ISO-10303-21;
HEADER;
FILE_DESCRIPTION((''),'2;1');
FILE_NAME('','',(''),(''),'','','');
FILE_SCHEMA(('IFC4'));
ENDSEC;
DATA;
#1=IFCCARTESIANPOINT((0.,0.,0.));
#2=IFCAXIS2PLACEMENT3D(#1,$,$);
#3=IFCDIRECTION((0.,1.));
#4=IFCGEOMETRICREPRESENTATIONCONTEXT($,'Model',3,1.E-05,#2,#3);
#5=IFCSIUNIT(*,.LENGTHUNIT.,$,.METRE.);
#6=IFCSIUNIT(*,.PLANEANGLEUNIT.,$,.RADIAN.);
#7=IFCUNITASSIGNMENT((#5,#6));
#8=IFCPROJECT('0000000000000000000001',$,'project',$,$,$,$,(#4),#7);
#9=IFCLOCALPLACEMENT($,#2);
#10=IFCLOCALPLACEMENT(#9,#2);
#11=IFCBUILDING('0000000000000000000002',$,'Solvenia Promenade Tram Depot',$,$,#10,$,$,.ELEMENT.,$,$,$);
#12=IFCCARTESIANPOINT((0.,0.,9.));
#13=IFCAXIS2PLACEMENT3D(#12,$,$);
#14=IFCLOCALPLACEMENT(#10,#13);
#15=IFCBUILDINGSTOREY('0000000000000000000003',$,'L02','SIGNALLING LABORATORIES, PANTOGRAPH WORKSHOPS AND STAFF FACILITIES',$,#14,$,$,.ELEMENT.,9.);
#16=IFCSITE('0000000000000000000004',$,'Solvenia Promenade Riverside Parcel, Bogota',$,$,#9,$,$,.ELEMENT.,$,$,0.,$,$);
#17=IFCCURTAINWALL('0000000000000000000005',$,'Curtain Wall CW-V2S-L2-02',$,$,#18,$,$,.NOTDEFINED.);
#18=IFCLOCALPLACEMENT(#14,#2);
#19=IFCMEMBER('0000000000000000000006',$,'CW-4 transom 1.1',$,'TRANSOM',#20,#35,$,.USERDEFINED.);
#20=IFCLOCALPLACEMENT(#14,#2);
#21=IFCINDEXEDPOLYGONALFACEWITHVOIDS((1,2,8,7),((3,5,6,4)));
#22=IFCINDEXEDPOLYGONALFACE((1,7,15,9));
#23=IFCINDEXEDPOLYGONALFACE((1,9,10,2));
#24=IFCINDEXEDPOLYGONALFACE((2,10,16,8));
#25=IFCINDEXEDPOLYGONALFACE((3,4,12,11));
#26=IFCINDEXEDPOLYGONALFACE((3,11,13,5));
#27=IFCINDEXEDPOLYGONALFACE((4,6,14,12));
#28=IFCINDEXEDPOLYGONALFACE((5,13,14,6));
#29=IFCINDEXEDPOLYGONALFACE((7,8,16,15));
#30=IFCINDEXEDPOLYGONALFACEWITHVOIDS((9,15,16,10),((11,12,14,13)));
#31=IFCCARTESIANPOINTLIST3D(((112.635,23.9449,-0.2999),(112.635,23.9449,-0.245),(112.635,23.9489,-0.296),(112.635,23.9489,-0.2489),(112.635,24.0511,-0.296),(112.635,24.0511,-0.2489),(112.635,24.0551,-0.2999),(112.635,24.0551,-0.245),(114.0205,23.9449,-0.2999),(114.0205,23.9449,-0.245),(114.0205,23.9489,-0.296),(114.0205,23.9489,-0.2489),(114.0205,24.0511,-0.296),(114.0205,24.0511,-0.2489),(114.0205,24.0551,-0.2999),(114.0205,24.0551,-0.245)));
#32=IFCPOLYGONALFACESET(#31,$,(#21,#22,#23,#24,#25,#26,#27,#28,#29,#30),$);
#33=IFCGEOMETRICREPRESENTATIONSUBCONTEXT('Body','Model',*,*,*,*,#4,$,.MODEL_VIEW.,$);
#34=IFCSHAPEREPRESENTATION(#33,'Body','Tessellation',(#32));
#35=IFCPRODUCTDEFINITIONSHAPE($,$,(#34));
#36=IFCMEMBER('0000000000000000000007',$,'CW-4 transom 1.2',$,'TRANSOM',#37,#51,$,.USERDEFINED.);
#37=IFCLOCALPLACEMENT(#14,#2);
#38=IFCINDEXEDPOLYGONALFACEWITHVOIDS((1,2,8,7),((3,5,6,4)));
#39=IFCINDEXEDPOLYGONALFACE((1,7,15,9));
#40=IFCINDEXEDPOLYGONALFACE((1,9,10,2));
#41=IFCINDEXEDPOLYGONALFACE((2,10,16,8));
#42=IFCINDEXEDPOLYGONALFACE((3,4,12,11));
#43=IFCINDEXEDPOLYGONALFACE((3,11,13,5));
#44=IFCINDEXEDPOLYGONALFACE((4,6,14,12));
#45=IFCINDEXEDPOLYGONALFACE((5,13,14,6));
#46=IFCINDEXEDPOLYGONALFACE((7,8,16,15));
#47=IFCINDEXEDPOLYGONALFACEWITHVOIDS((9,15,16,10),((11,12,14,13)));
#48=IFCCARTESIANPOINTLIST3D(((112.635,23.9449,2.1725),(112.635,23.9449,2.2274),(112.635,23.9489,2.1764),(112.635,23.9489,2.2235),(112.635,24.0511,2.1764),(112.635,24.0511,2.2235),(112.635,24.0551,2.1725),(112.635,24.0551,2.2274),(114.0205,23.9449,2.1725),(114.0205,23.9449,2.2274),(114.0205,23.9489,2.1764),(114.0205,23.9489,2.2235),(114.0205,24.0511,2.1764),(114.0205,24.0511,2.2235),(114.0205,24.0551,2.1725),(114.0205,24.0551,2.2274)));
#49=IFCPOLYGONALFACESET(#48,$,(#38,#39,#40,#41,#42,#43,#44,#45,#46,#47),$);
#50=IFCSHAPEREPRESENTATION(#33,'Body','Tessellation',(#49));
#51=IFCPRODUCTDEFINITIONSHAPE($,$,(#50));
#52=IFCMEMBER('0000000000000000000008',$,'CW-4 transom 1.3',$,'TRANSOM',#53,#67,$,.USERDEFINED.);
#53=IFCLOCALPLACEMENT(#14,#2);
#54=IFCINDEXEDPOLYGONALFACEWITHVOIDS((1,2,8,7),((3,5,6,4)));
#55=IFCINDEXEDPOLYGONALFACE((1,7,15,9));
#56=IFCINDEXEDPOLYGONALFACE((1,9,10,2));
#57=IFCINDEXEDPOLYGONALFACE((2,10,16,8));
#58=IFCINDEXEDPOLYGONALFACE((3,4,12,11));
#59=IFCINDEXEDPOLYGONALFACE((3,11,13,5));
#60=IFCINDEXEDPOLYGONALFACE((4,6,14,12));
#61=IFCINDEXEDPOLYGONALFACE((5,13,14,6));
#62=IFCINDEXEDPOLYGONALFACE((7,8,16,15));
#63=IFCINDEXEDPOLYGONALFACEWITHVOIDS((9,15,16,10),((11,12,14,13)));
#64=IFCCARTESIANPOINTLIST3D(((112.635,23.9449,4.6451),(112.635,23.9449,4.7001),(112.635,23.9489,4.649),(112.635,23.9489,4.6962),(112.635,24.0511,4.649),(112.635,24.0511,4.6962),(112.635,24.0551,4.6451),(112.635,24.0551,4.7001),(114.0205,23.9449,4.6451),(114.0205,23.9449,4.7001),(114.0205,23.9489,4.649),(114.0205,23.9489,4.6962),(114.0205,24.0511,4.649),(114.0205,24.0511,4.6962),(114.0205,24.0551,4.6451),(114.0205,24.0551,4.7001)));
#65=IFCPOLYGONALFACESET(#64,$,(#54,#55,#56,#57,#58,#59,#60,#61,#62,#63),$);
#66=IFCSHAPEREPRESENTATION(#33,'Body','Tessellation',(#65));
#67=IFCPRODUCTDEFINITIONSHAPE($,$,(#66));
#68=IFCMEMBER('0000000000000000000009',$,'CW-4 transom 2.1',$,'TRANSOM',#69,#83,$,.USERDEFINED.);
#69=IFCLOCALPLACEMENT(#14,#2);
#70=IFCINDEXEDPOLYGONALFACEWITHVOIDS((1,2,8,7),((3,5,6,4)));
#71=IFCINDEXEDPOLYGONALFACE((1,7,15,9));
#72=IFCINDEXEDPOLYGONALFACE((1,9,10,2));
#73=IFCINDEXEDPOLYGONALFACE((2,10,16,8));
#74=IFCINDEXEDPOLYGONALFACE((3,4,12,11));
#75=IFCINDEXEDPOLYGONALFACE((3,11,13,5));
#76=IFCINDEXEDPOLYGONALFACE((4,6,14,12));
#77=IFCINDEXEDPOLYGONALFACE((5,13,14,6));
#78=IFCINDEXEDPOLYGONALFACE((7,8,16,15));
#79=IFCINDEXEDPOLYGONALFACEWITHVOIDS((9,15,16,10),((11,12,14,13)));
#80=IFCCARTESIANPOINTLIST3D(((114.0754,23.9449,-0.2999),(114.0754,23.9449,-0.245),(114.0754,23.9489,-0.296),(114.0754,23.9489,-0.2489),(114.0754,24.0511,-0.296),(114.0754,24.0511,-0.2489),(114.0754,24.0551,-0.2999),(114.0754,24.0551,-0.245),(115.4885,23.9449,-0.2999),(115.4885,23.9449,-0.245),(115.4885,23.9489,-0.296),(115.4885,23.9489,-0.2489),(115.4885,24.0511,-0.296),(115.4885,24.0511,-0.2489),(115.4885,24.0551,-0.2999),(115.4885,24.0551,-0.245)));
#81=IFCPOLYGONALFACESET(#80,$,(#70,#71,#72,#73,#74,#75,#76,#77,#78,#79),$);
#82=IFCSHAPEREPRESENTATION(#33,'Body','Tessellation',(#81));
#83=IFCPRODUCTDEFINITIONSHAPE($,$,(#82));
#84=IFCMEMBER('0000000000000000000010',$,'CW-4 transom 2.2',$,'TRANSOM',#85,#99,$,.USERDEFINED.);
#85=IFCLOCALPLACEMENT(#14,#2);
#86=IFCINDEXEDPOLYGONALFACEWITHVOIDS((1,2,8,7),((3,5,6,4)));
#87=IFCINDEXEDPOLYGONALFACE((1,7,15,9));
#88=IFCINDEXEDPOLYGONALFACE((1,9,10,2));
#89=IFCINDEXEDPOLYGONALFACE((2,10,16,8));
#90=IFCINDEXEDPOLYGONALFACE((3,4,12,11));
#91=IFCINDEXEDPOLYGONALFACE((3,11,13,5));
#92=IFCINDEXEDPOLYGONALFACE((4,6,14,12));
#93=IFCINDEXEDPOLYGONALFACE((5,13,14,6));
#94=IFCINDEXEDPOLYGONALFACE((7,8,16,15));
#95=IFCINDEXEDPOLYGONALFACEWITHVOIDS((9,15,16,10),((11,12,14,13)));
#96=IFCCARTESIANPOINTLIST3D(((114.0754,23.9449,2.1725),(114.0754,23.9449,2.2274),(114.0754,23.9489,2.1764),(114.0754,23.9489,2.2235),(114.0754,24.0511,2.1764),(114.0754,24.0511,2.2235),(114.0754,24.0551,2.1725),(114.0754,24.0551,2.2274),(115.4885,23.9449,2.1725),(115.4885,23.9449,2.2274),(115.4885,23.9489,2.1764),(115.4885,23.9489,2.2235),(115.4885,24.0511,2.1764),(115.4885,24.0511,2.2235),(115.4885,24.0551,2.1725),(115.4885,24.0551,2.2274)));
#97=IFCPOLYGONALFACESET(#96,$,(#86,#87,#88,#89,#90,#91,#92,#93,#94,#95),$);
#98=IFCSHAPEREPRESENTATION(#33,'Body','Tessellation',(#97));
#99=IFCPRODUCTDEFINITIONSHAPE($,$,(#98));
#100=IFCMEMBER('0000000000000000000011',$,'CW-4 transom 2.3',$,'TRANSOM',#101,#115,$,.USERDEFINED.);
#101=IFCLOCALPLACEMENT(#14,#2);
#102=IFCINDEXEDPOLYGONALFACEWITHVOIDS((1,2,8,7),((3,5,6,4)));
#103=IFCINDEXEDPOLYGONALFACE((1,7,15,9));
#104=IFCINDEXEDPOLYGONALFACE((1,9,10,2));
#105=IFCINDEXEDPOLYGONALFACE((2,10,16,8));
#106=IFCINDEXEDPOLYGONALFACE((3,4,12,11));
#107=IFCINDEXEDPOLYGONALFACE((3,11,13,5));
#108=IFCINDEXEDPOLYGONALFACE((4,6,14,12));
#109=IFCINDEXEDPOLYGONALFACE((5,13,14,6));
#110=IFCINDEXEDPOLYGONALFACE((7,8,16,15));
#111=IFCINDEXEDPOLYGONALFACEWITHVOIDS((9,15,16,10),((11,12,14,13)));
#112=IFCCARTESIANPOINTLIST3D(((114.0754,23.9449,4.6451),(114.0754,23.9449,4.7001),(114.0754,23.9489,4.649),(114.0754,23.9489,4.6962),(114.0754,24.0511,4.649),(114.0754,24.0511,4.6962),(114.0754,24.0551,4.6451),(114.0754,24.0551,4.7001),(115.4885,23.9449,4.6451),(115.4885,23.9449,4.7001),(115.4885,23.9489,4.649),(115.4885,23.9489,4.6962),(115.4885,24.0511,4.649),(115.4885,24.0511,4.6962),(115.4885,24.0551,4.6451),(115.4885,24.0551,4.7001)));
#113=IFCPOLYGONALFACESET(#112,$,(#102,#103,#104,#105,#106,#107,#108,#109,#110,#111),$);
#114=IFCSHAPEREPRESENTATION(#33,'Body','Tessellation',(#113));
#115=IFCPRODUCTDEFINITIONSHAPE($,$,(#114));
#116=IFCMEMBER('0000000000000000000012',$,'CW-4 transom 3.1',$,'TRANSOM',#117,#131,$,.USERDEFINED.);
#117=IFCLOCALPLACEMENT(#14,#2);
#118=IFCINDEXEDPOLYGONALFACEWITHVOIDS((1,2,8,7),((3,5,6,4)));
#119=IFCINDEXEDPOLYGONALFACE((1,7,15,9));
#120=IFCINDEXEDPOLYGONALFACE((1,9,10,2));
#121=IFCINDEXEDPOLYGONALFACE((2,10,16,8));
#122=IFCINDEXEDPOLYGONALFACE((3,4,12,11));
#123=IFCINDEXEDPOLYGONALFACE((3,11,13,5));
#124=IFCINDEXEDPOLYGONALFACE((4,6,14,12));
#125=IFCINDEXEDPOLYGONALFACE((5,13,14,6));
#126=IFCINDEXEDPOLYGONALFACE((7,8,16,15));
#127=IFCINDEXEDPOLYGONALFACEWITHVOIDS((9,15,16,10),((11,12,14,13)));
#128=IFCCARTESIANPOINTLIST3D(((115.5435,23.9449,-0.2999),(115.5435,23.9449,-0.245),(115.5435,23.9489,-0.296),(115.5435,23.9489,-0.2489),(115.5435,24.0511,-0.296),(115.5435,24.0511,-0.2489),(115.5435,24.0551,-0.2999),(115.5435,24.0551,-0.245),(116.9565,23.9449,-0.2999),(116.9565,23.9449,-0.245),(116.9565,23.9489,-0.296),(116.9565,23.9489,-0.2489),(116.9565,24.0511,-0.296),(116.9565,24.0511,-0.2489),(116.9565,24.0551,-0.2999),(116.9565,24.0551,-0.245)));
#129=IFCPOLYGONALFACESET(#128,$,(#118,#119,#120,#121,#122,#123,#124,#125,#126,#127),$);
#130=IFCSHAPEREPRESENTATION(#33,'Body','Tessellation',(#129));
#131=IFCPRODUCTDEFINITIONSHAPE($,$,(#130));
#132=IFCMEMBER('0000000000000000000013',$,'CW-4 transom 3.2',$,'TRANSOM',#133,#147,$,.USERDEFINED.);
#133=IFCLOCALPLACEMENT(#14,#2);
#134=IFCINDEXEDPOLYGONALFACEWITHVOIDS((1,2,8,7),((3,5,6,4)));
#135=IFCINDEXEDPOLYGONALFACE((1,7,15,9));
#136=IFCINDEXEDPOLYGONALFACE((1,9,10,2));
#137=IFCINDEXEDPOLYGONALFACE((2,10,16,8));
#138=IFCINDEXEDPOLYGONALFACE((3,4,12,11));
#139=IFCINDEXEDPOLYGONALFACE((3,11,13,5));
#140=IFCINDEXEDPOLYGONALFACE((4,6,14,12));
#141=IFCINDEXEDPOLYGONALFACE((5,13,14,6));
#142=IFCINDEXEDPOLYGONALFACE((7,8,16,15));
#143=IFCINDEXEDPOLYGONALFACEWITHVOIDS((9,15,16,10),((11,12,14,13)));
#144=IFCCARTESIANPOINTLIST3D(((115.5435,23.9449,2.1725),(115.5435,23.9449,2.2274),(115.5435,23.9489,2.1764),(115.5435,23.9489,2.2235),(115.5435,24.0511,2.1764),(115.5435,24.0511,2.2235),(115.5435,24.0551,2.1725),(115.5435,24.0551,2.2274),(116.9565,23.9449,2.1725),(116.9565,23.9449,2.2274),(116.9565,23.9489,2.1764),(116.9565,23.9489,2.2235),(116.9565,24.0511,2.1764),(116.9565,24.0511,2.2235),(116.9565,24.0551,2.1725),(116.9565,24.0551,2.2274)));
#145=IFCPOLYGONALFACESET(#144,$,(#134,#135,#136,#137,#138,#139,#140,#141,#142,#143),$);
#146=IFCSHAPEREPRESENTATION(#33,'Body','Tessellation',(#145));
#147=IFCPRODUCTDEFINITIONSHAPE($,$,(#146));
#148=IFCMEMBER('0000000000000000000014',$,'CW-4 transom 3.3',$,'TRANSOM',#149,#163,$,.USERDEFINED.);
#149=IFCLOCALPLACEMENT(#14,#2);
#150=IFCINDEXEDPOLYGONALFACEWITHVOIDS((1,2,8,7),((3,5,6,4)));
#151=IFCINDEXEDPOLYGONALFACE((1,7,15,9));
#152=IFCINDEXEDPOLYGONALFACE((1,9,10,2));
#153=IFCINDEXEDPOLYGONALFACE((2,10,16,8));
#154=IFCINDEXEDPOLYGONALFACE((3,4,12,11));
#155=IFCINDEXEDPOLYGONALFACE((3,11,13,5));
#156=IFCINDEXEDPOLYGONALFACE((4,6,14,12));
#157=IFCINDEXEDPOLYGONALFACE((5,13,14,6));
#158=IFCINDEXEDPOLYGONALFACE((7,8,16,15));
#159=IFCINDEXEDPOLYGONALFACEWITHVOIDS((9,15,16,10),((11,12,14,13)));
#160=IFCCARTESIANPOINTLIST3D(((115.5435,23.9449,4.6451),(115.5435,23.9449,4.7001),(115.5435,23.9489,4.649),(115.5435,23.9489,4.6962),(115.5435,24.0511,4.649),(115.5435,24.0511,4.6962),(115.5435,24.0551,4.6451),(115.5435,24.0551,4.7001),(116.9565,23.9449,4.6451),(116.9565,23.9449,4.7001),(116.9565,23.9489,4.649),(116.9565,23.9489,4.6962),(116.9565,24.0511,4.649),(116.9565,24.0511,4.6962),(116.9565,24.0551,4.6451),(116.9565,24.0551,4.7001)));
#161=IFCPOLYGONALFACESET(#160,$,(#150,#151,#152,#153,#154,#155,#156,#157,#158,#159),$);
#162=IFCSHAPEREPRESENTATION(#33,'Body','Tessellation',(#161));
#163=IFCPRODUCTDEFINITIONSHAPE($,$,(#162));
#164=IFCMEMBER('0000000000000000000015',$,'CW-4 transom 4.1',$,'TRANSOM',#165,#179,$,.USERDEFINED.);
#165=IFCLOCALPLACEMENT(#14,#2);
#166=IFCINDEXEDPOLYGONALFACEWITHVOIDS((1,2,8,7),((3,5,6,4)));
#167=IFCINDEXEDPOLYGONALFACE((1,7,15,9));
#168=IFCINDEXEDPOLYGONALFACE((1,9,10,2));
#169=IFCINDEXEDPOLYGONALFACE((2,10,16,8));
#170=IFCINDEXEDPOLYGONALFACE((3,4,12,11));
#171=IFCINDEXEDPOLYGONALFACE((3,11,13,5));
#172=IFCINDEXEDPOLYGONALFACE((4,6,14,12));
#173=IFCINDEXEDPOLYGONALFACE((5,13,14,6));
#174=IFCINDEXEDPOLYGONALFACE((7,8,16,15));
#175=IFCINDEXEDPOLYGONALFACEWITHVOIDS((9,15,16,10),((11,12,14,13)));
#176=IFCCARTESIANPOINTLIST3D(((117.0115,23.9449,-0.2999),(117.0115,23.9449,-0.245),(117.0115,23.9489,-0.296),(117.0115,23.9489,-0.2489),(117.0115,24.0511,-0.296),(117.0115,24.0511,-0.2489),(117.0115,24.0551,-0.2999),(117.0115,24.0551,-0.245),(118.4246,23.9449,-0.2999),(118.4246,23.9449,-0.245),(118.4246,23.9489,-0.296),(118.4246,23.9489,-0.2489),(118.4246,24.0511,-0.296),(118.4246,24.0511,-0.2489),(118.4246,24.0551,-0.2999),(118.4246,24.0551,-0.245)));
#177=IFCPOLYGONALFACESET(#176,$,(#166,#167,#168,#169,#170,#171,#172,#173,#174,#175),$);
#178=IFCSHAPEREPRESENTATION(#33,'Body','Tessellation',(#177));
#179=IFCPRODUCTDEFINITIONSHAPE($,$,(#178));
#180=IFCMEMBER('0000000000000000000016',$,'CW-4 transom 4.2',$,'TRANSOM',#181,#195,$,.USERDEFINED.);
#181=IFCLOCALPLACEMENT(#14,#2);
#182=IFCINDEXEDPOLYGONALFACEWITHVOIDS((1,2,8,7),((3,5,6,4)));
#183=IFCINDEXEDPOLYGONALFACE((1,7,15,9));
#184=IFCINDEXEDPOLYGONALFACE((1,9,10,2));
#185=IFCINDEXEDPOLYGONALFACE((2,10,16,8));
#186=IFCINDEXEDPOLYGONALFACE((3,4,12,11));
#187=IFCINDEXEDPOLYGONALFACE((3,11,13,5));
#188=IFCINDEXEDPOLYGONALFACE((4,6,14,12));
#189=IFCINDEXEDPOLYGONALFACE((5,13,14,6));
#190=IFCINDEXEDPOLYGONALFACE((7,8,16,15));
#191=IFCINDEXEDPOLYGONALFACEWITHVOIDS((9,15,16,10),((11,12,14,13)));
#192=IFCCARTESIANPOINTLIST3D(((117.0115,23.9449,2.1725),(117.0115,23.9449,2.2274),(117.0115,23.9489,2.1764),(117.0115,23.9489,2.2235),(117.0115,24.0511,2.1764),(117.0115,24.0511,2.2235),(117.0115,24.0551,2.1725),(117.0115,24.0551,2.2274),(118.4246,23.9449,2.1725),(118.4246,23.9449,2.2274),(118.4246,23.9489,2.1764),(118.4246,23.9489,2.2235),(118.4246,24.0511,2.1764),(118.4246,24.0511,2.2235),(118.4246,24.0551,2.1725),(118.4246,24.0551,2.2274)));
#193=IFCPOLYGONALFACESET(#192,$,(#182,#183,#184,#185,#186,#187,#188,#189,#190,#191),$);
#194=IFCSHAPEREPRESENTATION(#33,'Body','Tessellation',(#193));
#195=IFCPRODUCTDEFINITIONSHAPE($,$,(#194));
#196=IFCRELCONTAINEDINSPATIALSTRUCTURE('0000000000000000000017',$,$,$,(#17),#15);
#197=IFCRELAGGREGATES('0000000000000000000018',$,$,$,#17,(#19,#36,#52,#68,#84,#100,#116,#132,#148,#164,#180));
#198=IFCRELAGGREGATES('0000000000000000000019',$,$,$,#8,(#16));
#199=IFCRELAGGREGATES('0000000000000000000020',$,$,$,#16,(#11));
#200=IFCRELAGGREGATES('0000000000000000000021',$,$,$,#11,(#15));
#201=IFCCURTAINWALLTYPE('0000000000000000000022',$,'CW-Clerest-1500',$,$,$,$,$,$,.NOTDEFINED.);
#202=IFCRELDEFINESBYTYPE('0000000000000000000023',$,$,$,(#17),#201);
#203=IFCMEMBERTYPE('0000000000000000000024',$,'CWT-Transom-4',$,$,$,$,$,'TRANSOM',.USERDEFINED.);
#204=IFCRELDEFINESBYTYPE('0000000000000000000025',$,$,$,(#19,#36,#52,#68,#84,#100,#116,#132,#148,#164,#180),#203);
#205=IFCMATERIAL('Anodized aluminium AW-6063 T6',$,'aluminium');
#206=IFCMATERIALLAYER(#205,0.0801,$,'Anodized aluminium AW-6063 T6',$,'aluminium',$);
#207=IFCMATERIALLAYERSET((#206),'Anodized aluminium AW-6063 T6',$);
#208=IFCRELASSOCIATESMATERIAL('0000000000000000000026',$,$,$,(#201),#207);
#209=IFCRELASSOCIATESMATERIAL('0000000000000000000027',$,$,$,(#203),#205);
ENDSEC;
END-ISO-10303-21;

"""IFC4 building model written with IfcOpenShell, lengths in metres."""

from ifc_helpers import new_model, si_unit, direction, frame, origin, origin_2d, place, context, subcontext, project, spatial, hollow_rectangle, extrude, material, layer, layer_set, material_profile, profile_set, type_object, element, aggregate, save


model = new_model("IFC4")

# Units and contexts
model_context = context("Model", 3, precision=1e-05, world=origin(), true_north=direction((0.0, 1.0)))
body_context = subcontext(model_context, "Body", "Model", "MODEL_VIEW")
ifc_project = project(units=[si_unit("LENGTHUNIT", "METRE"), si_unit("PLANEANGLEUNIT", "RADIAN")], contexts=[model_context])

# Site, building, storey
site_placement = place(None, origin())
site = spatial("IfcSite", under=ifc_project, at=site_placement, Name="Solvenia Promenade Riverside Parcel, Bogota", CompositionType="ELEMENT", RefElevation=0.0)
building_placement = place(site_placement, origin())
building = spatial("IfcBuilding", under=site, at=building_placement, Name="Solvenia Promenade Tram Depot", CompositionType="ELEMENT")
storey_placement = place(building_placement, frame((0.0, 0.0, 9.0)))
storey = spatial("IfcBuildingStorey", under=building, at=storey_placement, Name="L02", Description="SIGNALLING LABORATORIES, PANTOGRAPH WORKSHOPS AND STAFF FACILITIES", CompositionType="ELEMENT", Elevation=9.0)

# Shared definitions
ifc_material_1 = material(Name="Anodized aluminium AW-6063 T6", Category="aluminium")
ifc_layer_1 = layer(ifc_material_1, 0.0801, Name="Anodized aluminium AW-6063 T6", Category="aluminium")
ifc_layer_set_1 = layer_set([ifc_layer_1], Name="Anodized aluminium AW-6063 T6")
curtain_wall_type = type_object("IfcCurtainWallType", Name="CW-Clerest-1500", PredefinedType="NOTDEFINED", material=ifc_layer_set_1)

# Curtain wall
curtain_wall_1_placement = place(storey_placement, origin())
curtain_wall_1 = element("IfcCurtainWall", 1, at=curtain_wall_1_placement, inside=storey, type_object=curtain_wall_type, Name="Curtain Wall CW-V2S-L2-02", PredefinedType="NOTDEFINED")

# Members
ifc_material_profile_1 = material_profile(ifc_material_1, hollow_rectangle(XDim=0.1101, YDim=0.0549, WallThickness=0.0039, at=origin_2d()), Name="ALU-T4", Category="aluminium")
ifc_profile_set_1 = profile_set([ifc_material_profile_1], Name="Anodized aluminium AW-6063 T6")
member_type_1 = type_object("IfcMemberType", Name="CWT-Transom-4", ElementType="TRANSOM", PredefinedType="USERDEFINED", material=ifc_profile_set_1)
member_1_placement = place(storey_placement, frame((112.635, 24.0, -0.2725), z_axis=(1.0, 0.0, 0.0), x_axis=(0.0, 1.0, 0.0)))
member_1 = element("IfcMember", 2, at=member_1_placement, type_object=member_type_1, Name="CW-4 transom 1.1", ObjectType="TRANSOM", PredefinedType="USERDEFINED", context=body_context, shape_type="SweptSolid", body=[
    extrude(hollow_rectangle(XDim=0.1101, YDim=0.0549, WallThickness=0.0039, at=origin_2d()), origin(), (0.0, 0.0, 1.0), 1.3855),
])
member_2_placement = place(storey_placement, frame((112.635, 24.0, 2.2), z_axis=(1.0, 0.0, 0.0), x_axis=(0.0, 1.0, 0.0)))
member_2 = element("IfcMember", 3, at=member_2_placement, type_object=member_type_1, Name="CW-4 transom 1.2", ObjectType="TRANSOM", PredefinedType="USERDEFINED", context=body_context, shape_type="SweptSolid", body=[
    extrude(hollow_rectangle(XDim=0.1101, YDim=0.0549, WallThickness=0.0039, at=origin_2d()), origin(), (0.0, 0.0, 1.0), 1.3855),
])
member_3_placement = place(storey_placement, frame((112.635, 24.0, 4.6726), z_axis=(1.0, 0.0, 0.0), x_axis=(0.0, 1.0, 0.0)))
member_3 = element("IfcMember", 4, at=member_3_placement, type_object=member_type_1, Name="CW-4 transom 1.3", ObjectType="TRANSOM", PredefinedType="USERDEFINED", context=body_context, shape_type="SweptSolid", body=[
    extrude(hollow_rectangle(XDim=0.1101, YDim=0.0549, WallThickness=0.0039, at=origin_2d()), origin(), (0.0, 0.0, 1.0), 1.3855),
])
member_4_placement = place(storey_placement, frame((114.0754, 24.0, -0.2725), z_axis=(1.0, 0.0, 0.0), x_axis=(0.0, 1.0, 0.0)))
member_4 = element("IfcMember", 5, at=member_4_placement, type_object=member_type_1, Name="CW-4 transom 2.1", ObjectType="TRANSOM", PredefinedType="USERDEFINED", context=body_context, shape_type="SweptSolid", body=[
    extrude(hollow_rectangle(XDim=0.1101, YDim=0.0549, WallThickness=0.0039, at=origin_2d()), origin(), (0.0, 0.0, 1.0), 1.4131),
])
member_5_placement = place(storey_placement, frame((114.0754, 24.0, 2.2), z_axis=(1.0, 0.0, 0.0), x_axis=(0.0, 1.0, 0.0)))
member_5 = element("IfcMember", 6, at=member_5_placement, type_object=member_type_1, Name="CW-4 transom 2.2", ObjectType="TRANSOM", PredefinedType="USERDEFINED", context=body_context, shape_type="SweptSolid", body=[
    extrude(hollow_rectangle(XDim=0.1101, YDim=0.0549, WallThickness=0.0039, at=origin_2d()), origin(), (0.0, 0.0, 1.0), 1.4131),
])
member_6_placement = place(storey_placement, frame((114.0754, 24.0, 4.6726), z_axis=(1.0, 0.0, 0.0), x_axis=(0.0, 1.0, 0.0)))
member_6 = element("IfcMember", 7, at=member_6_placement, type_object=member_type_1, Name="CW-4 transom 2.3", ObjectType="TRANSOM", PredefinedType="USERDEFINED", context=body_context, shape_type="SweptSolid", body=[
    extrude(hollow_rectangle(XDim=0.1101, YDim=0.0549, WallThickness=0.0039, at=origin_2d()), origin(), (0.0, 0.0, 1.0), 1.4131),
])
member_7_placement = place(storey_placement, frame((115.5435, 24.0, -0.2725), z_axis=(1.0, 0.0, 0.0), x_axis=(0.0, 1.0, 0.0)))
member_7 = element("IfcMember", 8, at=member_7_placement, type_object=member_type_1, Name="CW-4 transom 3.1", ObjectType="TRANSOM", PredefinedType="USERDEFINED", context=body_context, shape_type="SweptSolid", body=[
    extrude(hollow_rectangle(XDim=0.1101, YDim=0.0549, WallThickness=0.0039, at=origin_2d()), origin(), (0.0, 0.0, 1.0), 1.4131),
])
member_8_placement = place(storey_placement, frame((115.5435, 24.0, 2.2), z_axis=(1.0, 0.0, 0.0), x_axis=(0.0, 1.0, 0.0)))
member_8 = element("IfcMember", 9, at=member_8_placement, type_object=member_type_1, Name="CW-4 transom 3.2", ObjectType="TRANSOM", PredefinedType="USERDEFINED", context=body_context, shape_type="SweptSolid", body=[
    extrude(hollow_rectangle(XDim=0.1101, YDim=0.0549, WallThickness=0.0039, at=origin_2d()), origin(), (0.0, 0.0, 1.0), 1.4131),
])
member_9_placement = place(storey_placement, frame((115.5435, 24.0, 4.6726), z_axis=(1.0, 0.0, 0.0), x_axis=(0.0, 1.0, 0.0)))
member_9 = element("IfcMember", 10, at=member_9_placement, type_object=member_type_1, Name="CW-4 transom 3.3", ObjectType="TRANSOM", PredefinedType="USERDEFINED", context=body_context, shape_type="SweptSolid", body=[
    extrude(hollow_rectangle(XDim=0.1101, YDim=0.0549, WallThickness=0.0039, at=origin_2d()), origin(), (0.0, 0.0, 1.0), 1.4131),
])
member_10_placement = place(storey_placement, frame((117.0115, 24.0, -0.2725), z_axis=(1.0, 0.0, 0.0), x_axis=(0.0, 1.0, 0.0)))
member_10 = element("IfcMember", 11, at=member_10_placement, type_object=member_type_1, Name="CW-4 transom 4.1", ObjectType="TRANSOM", PredefinedType="USERDEFINED", context=body_context, shape_type="SweptSolid", body=[
    extrude(hollow_rectangle(XDim=0.1101, YDim=0.0549, WallThickness=0.0039, at=origin_2d()), origin(), (0.0, 0.0, 1.0), 1.4131),
])
member_11_placement = place(storey_placement, frame((117.0115, 24.0, 2.2), z_axis=(1.0, 0.0, 0.0), x_axis=(0.0, 1.0, 0.0)))
member_11 = element("IfcMember", 12, at=member_11_placement, type_object=member_type_1, Name="CW-4 transom 4.2", ObjectType="TRANSOM", PredefinedType="USERDEFINED", context=body_context, shape_type="SweptSolid", body=[
    extrude(hollow_rectangle(XDim=0.1101, YDim=0.0549, WallThickness=0.0039, at=origin_2d()), origin(), (0.0, 0.0, 1.0), 1.4131),
])

aggregate(curtain_wall_1, [member_1, member_2, member_3, member_4, member_5, member_6, member_7, member_8, member_9, member_10, member_11])

save(model, "model.ifc")
